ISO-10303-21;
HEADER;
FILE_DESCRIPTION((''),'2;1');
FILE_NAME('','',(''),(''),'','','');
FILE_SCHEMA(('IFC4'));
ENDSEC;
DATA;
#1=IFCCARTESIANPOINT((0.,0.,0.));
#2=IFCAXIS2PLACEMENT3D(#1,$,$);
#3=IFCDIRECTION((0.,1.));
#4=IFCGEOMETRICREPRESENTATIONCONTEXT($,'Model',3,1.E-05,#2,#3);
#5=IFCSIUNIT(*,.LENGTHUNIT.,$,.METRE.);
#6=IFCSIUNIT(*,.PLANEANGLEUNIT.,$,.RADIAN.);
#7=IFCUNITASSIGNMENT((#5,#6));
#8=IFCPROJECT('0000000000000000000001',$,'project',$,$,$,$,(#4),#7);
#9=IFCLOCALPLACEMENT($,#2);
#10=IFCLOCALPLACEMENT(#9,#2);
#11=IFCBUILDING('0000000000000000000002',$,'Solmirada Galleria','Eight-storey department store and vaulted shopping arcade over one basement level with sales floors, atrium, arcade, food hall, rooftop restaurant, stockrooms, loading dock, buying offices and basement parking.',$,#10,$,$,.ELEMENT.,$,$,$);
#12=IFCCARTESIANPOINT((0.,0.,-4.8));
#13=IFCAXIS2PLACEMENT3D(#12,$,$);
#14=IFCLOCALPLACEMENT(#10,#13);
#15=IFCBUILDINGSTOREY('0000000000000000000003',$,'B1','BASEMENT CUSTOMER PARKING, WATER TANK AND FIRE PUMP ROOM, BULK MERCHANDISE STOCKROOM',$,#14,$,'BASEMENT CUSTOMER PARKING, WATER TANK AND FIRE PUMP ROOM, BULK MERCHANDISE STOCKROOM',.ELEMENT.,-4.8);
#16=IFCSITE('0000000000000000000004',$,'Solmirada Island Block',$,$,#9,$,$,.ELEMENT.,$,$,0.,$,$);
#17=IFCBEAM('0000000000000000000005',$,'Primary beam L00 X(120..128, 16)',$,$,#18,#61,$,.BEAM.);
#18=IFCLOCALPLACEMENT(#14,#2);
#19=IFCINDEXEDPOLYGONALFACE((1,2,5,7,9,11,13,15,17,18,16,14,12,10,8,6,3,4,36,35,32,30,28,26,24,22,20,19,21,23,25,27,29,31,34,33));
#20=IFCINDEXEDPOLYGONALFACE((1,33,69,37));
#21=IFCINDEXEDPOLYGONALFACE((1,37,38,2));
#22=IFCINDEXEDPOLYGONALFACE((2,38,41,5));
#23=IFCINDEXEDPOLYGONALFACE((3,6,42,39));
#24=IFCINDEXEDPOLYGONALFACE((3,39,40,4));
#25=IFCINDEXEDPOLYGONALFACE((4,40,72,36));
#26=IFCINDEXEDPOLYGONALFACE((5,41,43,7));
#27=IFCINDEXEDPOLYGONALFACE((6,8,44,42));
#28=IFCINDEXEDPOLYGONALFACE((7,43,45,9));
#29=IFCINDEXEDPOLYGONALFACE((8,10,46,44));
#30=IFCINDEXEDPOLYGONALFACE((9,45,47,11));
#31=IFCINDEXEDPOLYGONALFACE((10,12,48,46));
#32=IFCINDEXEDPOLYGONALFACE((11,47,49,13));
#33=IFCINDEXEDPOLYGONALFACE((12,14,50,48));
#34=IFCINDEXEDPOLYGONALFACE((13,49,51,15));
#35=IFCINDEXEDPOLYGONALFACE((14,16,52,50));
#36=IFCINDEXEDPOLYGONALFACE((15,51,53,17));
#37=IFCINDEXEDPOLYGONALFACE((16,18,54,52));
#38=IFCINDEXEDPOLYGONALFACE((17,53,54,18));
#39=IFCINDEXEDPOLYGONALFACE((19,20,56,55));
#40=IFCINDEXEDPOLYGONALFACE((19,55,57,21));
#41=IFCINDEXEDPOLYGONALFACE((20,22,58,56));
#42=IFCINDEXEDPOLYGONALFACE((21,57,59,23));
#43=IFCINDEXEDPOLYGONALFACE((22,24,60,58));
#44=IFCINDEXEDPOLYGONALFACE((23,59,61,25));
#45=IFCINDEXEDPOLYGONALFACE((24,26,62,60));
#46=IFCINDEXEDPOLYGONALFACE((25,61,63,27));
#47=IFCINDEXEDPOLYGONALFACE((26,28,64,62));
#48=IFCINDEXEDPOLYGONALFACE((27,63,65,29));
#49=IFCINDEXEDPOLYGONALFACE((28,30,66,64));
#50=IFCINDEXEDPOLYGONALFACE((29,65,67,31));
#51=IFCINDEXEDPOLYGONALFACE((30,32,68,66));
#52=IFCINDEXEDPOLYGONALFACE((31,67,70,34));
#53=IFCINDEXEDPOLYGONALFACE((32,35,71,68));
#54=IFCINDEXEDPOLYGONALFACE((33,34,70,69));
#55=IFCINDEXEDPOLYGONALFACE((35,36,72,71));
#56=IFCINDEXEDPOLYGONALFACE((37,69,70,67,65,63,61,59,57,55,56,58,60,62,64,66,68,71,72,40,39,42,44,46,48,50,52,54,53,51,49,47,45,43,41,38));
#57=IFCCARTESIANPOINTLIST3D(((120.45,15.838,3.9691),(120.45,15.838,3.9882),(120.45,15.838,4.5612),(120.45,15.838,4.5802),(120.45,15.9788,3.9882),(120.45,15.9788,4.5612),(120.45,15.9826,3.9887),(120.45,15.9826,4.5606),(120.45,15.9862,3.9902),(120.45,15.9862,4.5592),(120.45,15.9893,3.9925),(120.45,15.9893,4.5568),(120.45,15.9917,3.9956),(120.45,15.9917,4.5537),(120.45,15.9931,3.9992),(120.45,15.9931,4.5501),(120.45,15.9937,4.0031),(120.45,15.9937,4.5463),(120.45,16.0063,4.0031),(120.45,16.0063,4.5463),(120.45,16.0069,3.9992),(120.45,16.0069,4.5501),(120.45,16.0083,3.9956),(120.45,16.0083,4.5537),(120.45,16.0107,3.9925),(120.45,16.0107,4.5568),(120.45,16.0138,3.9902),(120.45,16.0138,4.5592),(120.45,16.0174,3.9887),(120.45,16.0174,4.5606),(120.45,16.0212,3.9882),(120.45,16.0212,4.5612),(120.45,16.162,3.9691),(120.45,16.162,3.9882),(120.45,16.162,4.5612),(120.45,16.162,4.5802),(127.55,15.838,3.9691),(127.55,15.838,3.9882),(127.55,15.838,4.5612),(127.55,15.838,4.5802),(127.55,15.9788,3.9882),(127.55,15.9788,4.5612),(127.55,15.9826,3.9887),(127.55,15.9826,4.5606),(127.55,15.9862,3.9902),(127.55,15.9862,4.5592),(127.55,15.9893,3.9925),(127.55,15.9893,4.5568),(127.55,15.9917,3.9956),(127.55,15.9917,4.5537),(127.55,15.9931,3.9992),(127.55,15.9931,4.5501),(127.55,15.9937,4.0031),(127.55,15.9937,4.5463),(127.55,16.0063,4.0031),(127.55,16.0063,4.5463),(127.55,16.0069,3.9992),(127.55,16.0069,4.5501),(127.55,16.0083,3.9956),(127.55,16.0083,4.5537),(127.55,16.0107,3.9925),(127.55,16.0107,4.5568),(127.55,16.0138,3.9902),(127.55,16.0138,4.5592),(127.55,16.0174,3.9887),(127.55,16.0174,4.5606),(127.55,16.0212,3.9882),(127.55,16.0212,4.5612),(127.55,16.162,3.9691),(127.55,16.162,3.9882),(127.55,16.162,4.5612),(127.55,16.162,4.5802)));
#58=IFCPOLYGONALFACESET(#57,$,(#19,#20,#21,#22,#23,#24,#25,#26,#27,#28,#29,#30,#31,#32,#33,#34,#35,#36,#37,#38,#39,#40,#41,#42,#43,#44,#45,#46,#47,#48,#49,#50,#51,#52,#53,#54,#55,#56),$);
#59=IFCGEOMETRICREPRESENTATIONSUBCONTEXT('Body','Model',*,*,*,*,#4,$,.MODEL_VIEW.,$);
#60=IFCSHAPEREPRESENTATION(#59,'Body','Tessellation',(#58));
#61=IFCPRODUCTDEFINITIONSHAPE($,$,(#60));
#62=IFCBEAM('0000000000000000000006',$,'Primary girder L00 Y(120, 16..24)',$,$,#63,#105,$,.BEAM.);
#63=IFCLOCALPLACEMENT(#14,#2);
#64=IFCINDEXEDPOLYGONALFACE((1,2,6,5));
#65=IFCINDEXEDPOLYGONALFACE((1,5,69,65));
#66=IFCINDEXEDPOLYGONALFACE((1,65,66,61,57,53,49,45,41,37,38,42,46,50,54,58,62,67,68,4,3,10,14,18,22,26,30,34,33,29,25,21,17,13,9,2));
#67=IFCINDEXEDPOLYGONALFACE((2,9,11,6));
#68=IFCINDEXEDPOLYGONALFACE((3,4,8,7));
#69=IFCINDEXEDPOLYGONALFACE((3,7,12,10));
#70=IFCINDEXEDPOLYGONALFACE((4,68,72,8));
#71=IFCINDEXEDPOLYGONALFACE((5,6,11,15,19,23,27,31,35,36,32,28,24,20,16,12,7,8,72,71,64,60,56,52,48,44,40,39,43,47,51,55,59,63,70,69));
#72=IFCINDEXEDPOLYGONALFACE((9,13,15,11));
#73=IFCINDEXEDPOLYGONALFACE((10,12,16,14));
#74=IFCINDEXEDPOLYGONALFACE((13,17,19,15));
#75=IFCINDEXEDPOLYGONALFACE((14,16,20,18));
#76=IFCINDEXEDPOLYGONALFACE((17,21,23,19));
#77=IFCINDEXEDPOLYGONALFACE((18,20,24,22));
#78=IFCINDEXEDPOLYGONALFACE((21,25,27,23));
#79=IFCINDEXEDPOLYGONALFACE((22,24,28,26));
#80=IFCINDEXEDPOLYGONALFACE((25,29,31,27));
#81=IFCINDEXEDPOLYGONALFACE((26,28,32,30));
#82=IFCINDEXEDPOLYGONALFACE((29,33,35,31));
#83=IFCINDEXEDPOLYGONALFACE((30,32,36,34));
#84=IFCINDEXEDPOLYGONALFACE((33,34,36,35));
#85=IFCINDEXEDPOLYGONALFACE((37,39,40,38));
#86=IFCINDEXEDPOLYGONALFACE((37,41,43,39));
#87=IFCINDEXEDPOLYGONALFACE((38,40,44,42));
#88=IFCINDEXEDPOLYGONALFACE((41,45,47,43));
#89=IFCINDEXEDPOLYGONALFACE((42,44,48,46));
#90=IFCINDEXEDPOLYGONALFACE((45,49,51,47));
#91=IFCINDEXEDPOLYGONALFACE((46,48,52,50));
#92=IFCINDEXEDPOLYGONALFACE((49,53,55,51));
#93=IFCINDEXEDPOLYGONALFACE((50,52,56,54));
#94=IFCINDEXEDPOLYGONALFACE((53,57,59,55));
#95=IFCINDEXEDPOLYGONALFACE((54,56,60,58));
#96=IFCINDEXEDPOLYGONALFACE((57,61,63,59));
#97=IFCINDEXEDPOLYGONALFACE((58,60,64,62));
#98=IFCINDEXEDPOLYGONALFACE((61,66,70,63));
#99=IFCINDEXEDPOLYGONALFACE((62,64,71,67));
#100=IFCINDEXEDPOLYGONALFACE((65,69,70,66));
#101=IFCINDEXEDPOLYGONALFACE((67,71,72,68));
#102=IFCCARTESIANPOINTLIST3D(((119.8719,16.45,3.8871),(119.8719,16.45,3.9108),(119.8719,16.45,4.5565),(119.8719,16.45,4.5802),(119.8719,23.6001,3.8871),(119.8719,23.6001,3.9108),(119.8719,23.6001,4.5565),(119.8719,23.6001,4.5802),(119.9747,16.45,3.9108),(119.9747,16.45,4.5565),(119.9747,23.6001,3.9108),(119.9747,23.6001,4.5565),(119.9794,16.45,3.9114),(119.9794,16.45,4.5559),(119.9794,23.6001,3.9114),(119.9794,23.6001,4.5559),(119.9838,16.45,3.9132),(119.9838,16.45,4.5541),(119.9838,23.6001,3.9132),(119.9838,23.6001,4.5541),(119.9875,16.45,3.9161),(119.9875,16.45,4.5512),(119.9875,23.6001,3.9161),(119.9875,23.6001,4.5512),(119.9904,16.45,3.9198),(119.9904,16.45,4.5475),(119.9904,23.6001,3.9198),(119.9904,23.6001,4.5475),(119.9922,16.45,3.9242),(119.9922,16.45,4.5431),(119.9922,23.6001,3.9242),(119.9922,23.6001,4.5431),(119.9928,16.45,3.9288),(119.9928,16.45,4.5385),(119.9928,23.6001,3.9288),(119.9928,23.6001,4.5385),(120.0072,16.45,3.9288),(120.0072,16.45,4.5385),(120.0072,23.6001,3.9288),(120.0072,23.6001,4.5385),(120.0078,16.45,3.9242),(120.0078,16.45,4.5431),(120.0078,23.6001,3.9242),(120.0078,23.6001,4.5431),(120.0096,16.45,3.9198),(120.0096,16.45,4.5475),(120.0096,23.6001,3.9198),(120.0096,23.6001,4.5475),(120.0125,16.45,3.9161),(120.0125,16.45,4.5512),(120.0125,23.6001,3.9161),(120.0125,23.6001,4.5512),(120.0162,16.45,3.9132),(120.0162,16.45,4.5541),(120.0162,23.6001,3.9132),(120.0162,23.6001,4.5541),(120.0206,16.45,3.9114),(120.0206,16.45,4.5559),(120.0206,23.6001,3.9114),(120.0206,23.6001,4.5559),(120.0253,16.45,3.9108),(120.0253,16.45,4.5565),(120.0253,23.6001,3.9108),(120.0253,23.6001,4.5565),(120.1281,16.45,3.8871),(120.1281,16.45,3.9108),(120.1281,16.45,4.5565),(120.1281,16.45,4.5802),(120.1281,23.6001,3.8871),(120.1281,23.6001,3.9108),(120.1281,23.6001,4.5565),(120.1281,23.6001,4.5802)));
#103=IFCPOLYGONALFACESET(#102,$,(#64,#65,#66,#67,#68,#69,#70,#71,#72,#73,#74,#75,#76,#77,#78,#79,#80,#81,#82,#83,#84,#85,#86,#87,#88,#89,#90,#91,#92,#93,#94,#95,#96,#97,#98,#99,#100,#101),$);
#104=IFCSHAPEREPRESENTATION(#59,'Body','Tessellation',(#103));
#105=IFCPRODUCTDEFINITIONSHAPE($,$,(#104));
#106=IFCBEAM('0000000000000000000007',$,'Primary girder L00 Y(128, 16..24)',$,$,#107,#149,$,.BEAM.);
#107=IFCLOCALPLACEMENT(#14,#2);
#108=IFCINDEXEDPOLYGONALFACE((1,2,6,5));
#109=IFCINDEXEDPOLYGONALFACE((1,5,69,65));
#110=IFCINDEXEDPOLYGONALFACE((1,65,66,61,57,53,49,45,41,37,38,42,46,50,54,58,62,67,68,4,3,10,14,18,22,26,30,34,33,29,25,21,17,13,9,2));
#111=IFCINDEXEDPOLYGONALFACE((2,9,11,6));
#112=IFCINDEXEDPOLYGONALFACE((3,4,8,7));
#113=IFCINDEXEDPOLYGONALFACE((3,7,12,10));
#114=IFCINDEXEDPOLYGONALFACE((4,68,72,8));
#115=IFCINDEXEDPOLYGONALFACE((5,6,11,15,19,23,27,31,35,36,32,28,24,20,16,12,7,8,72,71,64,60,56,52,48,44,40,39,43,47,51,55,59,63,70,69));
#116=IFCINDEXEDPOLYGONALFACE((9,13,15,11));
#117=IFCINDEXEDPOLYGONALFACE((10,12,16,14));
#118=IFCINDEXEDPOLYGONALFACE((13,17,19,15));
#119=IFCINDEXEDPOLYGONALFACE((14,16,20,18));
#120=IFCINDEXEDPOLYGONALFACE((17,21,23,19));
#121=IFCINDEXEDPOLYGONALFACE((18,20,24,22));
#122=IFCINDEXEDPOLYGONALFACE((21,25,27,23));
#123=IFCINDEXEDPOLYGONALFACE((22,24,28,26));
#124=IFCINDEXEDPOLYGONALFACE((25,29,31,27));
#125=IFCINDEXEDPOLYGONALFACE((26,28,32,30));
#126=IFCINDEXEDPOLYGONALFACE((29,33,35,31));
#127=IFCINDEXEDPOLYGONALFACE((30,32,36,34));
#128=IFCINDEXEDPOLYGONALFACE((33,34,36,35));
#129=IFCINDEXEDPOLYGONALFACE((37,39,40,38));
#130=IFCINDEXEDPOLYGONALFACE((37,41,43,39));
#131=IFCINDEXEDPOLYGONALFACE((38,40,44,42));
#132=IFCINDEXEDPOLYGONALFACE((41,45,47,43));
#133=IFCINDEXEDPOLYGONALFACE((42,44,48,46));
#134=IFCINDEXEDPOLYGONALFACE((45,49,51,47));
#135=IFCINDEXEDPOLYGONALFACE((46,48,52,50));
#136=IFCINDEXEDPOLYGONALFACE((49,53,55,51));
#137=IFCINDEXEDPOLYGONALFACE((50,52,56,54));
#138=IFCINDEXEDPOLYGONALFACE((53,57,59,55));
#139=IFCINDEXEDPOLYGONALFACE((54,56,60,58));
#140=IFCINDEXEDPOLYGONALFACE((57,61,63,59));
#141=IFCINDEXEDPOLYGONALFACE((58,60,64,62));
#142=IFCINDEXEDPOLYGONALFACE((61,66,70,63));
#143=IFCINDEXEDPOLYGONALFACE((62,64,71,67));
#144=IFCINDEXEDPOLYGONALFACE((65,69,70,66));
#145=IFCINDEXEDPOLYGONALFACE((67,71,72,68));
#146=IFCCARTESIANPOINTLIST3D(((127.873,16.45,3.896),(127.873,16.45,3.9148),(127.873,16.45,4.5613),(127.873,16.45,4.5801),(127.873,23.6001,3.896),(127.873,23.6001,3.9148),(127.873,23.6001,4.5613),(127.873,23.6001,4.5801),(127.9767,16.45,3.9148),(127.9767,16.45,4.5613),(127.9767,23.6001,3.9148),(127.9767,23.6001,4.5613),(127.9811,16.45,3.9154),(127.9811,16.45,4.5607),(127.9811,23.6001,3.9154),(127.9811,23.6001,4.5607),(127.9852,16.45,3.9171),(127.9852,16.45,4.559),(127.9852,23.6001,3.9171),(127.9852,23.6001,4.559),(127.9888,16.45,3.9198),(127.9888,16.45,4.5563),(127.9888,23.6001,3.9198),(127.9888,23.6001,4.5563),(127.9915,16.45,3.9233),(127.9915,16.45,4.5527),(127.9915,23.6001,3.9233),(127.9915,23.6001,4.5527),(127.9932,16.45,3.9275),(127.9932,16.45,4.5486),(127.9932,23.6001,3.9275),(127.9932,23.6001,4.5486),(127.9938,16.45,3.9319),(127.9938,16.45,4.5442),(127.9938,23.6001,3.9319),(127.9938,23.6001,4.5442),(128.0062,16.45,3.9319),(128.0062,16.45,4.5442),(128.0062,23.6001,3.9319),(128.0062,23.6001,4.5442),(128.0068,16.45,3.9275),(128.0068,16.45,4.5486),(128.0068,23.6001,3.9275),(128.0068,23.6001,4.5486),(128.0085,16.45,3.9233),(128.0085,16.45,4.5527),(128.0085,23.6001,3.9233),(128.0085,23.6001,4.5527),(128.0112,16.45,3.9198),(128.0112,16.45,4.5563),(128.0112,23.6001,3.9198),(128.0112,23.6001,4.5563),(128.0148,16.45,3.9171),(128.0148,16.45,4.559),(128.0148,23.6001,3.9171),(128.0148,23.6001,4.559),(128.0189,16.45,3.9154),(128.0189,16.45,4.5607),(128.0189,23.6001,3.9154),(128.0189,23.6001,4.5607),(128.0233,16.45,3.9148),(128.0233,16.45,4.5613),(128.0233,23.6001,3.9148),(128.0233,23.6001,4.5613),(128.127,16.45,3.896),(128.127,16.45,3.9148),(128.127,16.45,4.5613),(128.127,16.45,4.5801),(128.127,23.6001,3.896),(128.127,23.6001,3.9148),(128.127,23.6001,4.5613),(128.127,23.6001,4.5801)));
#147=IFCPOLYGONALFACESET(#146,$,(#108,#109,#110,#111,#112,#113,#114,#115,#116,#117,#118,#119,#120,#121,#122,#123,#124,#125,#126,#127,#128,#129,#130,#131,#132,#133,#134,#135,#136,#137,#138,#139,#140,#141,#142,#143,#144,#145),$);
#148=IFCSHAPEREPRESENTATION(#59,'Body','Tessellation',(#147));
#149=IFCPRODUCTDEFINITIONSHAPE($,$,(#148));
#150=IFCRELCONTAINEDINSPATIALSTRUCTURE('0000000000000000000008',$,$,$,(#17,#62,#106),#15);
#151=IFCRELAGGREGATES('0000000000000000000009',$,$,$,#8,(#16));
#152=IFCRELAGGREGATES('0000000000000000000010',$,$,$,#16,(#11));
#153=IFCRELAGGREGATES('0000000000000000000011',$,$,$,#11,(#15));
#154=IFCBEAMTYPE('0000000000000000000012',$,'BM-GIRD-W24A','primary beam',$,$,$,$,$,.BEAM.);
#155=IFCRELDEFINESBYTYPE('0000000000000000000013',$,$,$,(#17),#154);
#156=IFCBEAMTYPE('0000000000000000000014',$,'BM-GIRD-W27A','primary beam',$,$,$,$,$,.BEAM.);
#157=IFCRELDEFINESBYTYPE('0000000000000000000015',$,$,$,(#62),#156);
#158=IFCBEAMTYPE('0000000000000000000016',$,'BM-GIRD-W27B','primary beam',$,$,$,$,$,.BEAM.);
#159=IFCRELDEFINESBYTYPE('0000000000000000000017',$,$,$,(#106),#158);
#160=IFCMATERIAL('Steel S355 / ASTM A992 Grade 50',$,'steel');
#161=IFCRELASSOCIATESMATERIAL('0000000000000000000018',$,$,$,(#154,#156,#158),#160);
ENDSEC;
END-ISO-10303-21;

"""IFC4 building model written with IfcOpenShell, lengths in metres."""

from ifc_helpers import new_model, si_unit, direction, frame, origin, origin_2d, place, context, subcontext, project, spatial, i_section, extrude, material, material_profile, profile_set, type_object, element, save


model = new_model("IFC4")

# Units and contexts
model_context = context("Model", 3, precision=1e-05, world=origin(), true_north=direction((0.0, 1.0)))
body_context = subcontext(model_context, "Body", "Model", "MODEL_VIEW")
ifc_project = project(units=[si_unit("LENGTHUNIT", "METRE"), si_unit("PLANEANGLEUNIT", "RADIAN")], contexts=[model_context])

# Site, building, storey
site_placement = place(None, origin())
site = spatial("IfcSite", under=ifc_project, at=site_placement, Name="Solmirada Island Block", CompositionType="ELEMENT", RefElevation=0.0)
building_placement = place(site_placement, origin())
building = spatial("IfcBuilding", under=site, at=building_placement, Name="Solmirada Galleria", Description="Eight-storey department store and vaulted shopping arcade over one basement level with sales floors, atrium, arcade, food hall, rooftop restaurant, stockrooms, loading dock, buying offices and basement parking.", CompositionType="ELEMENT")
storey_placement = place(building_placement, frame((0.0, 0.0, -4.8)))
storey = spatial("IfcBuildingStorey", under=building, at=storey_placement, Name="B1", Description="BASEMENT CUSTOMER PARKING, WATER TANK AND FIRE PUMP ROOM, BULK MERCHANDISE STOCKROOM", LongName="BASEMENT CUSTOMER PARKING, WATER TANK AND FIRE PUMP ROOM, BULK MERCHANDISE STOCKROOM", CompositionType="ELEMENT", Elevation=-4.8)

# Beams
ifc_material_1 = material(Name="Steel S355 / ASTM A992 Grade 50", Category="steel")
ifc_material_profile_1 = material_profile(ifc_material_1, i_section(OverallWidth=0.324, OverallDepth=0.6111, WebThickness=0.0127, FlangeThickness=0.019, FilletRadius=0.0149, at=origin_2d()), Name="W24X104")
ifc_profile_set_1 = profile_set([ifc_material_profile_1], Name="Steel S355 / ASTM A992 Grade 50")
beam_type_1 = type_object("IfcBeamType", Name="BM-GIRD-W24A", Description="primary beam", PredefinedType="BEAM", material=ifc_profile_set_1)
beam_1_placement = place(storey_placement, frame((120.45, 16.0, 4.2747), z_axis=(1.0, 0.0, 0.0), x_axis=(0.0, 1.0, 0.0)))
element("IfcBeam", 1, at=beam_1_placement, inside=storey, type_object=beam_type_1, Name="Primary beam L00 X(120..128, 16)", PredefinedType="BEAM", context=body_context, shape_type="SweptSolid", body=[
    extrude(i_section(OverallWidth=0.324, OverallDepth=0.6111, WebThickness=0.0127, FlangeThickness=0.019, FilletRadius=0.0149, at=origin_2d()), origin(), (0.0, 0.0, 1.0), 7.1001),
])
ifc_material_profile_2 = material_profile(ifc_material_1, i_section(OverallWidth=0.2561, OverallDepth=0.6931, WebThickness=0.0144, FlangeThickness=0.0237, FilletRadius=0.0181, at=origin_2d()), Name="W27X114")
ifc_profile_set_2 = profile_set([ifc_material_profile_2], Name="Steel S355 / ASTM A992 Grade 50")
beam_type_2 = type_object("IfcBeamType", Name="BM-GIRD-W27A", Description="primary beam", PredefinedType="BEAM", material=ifc_profile_set_2)
beam_2_placement = place(storey_placement, frame((120.0, 16.45, 4.2336), z_axis=(0.0, 1.0, 0.0), x_axis=(-1.0, 0.0, 0.0)))
element("IfcBeam", 2, at=beam_2_placement, inside=storey, type_object=beam_type_2, Name="Primary girder L00 Y(120, 16..24)", PredefinedType="BEAM", context=body_context, shape_type="SweptSolid", body=[
    extrude(i_section(OverallWidth=0.2561, OverallDepth=0.6931, WebThickness=0.0144, FlangeThickness=0.0237, FilletRadius=0.0181, at=origin_2d()), origin(), (0.0, 0.0, 1.0), 7.1501),
])
ifc_material_profile_3 = material_profile(ifc_material_1, i_section(OverallWidth=0.2539, OverallDepth=0.6841, WebThickness=0.0125, FlangeThickness=0.0188, FilletRadius=0.0171, at=origin_2d()), Name="W27X94")
ifc_profile_set_3 = profile_set([ifc_material_profile_3], Name="Steel S355 / ASTM A992 Grade 50")
beam_type_3 = type_object("IfcBeamType", Name="BM-GIRD-W27B", Description="primary beam", PredefinedType="BEAM", material=ifc_profile_set_3)
beam_3_placement = place(storey_placement, frame((128.0, 16.45, 4.238), z_axis=(0.0, 1.0, 0.0), x_axis=(-1.0, 0.0, 0.0)))
element("IfcBeam", 3, at=beam_3_placement, inside=storey, type_object=beam_type_3, Name="Primary girder L00 Y(128, 16..24)", PredefinedType="BEAM", context=body_context, shape_type="SweptSolid", body=[
    extrude(i_section(OverallWidth=0.2539, OverallDepth=0.6841, WebThickness=0.0125, FlangeThickness=0.0188, FilletRadius=0.0171, at=origin_2d()), origin(), (0.0, 0.0, 1.0), 7.1501),
])

save(model, "model.ifc")
